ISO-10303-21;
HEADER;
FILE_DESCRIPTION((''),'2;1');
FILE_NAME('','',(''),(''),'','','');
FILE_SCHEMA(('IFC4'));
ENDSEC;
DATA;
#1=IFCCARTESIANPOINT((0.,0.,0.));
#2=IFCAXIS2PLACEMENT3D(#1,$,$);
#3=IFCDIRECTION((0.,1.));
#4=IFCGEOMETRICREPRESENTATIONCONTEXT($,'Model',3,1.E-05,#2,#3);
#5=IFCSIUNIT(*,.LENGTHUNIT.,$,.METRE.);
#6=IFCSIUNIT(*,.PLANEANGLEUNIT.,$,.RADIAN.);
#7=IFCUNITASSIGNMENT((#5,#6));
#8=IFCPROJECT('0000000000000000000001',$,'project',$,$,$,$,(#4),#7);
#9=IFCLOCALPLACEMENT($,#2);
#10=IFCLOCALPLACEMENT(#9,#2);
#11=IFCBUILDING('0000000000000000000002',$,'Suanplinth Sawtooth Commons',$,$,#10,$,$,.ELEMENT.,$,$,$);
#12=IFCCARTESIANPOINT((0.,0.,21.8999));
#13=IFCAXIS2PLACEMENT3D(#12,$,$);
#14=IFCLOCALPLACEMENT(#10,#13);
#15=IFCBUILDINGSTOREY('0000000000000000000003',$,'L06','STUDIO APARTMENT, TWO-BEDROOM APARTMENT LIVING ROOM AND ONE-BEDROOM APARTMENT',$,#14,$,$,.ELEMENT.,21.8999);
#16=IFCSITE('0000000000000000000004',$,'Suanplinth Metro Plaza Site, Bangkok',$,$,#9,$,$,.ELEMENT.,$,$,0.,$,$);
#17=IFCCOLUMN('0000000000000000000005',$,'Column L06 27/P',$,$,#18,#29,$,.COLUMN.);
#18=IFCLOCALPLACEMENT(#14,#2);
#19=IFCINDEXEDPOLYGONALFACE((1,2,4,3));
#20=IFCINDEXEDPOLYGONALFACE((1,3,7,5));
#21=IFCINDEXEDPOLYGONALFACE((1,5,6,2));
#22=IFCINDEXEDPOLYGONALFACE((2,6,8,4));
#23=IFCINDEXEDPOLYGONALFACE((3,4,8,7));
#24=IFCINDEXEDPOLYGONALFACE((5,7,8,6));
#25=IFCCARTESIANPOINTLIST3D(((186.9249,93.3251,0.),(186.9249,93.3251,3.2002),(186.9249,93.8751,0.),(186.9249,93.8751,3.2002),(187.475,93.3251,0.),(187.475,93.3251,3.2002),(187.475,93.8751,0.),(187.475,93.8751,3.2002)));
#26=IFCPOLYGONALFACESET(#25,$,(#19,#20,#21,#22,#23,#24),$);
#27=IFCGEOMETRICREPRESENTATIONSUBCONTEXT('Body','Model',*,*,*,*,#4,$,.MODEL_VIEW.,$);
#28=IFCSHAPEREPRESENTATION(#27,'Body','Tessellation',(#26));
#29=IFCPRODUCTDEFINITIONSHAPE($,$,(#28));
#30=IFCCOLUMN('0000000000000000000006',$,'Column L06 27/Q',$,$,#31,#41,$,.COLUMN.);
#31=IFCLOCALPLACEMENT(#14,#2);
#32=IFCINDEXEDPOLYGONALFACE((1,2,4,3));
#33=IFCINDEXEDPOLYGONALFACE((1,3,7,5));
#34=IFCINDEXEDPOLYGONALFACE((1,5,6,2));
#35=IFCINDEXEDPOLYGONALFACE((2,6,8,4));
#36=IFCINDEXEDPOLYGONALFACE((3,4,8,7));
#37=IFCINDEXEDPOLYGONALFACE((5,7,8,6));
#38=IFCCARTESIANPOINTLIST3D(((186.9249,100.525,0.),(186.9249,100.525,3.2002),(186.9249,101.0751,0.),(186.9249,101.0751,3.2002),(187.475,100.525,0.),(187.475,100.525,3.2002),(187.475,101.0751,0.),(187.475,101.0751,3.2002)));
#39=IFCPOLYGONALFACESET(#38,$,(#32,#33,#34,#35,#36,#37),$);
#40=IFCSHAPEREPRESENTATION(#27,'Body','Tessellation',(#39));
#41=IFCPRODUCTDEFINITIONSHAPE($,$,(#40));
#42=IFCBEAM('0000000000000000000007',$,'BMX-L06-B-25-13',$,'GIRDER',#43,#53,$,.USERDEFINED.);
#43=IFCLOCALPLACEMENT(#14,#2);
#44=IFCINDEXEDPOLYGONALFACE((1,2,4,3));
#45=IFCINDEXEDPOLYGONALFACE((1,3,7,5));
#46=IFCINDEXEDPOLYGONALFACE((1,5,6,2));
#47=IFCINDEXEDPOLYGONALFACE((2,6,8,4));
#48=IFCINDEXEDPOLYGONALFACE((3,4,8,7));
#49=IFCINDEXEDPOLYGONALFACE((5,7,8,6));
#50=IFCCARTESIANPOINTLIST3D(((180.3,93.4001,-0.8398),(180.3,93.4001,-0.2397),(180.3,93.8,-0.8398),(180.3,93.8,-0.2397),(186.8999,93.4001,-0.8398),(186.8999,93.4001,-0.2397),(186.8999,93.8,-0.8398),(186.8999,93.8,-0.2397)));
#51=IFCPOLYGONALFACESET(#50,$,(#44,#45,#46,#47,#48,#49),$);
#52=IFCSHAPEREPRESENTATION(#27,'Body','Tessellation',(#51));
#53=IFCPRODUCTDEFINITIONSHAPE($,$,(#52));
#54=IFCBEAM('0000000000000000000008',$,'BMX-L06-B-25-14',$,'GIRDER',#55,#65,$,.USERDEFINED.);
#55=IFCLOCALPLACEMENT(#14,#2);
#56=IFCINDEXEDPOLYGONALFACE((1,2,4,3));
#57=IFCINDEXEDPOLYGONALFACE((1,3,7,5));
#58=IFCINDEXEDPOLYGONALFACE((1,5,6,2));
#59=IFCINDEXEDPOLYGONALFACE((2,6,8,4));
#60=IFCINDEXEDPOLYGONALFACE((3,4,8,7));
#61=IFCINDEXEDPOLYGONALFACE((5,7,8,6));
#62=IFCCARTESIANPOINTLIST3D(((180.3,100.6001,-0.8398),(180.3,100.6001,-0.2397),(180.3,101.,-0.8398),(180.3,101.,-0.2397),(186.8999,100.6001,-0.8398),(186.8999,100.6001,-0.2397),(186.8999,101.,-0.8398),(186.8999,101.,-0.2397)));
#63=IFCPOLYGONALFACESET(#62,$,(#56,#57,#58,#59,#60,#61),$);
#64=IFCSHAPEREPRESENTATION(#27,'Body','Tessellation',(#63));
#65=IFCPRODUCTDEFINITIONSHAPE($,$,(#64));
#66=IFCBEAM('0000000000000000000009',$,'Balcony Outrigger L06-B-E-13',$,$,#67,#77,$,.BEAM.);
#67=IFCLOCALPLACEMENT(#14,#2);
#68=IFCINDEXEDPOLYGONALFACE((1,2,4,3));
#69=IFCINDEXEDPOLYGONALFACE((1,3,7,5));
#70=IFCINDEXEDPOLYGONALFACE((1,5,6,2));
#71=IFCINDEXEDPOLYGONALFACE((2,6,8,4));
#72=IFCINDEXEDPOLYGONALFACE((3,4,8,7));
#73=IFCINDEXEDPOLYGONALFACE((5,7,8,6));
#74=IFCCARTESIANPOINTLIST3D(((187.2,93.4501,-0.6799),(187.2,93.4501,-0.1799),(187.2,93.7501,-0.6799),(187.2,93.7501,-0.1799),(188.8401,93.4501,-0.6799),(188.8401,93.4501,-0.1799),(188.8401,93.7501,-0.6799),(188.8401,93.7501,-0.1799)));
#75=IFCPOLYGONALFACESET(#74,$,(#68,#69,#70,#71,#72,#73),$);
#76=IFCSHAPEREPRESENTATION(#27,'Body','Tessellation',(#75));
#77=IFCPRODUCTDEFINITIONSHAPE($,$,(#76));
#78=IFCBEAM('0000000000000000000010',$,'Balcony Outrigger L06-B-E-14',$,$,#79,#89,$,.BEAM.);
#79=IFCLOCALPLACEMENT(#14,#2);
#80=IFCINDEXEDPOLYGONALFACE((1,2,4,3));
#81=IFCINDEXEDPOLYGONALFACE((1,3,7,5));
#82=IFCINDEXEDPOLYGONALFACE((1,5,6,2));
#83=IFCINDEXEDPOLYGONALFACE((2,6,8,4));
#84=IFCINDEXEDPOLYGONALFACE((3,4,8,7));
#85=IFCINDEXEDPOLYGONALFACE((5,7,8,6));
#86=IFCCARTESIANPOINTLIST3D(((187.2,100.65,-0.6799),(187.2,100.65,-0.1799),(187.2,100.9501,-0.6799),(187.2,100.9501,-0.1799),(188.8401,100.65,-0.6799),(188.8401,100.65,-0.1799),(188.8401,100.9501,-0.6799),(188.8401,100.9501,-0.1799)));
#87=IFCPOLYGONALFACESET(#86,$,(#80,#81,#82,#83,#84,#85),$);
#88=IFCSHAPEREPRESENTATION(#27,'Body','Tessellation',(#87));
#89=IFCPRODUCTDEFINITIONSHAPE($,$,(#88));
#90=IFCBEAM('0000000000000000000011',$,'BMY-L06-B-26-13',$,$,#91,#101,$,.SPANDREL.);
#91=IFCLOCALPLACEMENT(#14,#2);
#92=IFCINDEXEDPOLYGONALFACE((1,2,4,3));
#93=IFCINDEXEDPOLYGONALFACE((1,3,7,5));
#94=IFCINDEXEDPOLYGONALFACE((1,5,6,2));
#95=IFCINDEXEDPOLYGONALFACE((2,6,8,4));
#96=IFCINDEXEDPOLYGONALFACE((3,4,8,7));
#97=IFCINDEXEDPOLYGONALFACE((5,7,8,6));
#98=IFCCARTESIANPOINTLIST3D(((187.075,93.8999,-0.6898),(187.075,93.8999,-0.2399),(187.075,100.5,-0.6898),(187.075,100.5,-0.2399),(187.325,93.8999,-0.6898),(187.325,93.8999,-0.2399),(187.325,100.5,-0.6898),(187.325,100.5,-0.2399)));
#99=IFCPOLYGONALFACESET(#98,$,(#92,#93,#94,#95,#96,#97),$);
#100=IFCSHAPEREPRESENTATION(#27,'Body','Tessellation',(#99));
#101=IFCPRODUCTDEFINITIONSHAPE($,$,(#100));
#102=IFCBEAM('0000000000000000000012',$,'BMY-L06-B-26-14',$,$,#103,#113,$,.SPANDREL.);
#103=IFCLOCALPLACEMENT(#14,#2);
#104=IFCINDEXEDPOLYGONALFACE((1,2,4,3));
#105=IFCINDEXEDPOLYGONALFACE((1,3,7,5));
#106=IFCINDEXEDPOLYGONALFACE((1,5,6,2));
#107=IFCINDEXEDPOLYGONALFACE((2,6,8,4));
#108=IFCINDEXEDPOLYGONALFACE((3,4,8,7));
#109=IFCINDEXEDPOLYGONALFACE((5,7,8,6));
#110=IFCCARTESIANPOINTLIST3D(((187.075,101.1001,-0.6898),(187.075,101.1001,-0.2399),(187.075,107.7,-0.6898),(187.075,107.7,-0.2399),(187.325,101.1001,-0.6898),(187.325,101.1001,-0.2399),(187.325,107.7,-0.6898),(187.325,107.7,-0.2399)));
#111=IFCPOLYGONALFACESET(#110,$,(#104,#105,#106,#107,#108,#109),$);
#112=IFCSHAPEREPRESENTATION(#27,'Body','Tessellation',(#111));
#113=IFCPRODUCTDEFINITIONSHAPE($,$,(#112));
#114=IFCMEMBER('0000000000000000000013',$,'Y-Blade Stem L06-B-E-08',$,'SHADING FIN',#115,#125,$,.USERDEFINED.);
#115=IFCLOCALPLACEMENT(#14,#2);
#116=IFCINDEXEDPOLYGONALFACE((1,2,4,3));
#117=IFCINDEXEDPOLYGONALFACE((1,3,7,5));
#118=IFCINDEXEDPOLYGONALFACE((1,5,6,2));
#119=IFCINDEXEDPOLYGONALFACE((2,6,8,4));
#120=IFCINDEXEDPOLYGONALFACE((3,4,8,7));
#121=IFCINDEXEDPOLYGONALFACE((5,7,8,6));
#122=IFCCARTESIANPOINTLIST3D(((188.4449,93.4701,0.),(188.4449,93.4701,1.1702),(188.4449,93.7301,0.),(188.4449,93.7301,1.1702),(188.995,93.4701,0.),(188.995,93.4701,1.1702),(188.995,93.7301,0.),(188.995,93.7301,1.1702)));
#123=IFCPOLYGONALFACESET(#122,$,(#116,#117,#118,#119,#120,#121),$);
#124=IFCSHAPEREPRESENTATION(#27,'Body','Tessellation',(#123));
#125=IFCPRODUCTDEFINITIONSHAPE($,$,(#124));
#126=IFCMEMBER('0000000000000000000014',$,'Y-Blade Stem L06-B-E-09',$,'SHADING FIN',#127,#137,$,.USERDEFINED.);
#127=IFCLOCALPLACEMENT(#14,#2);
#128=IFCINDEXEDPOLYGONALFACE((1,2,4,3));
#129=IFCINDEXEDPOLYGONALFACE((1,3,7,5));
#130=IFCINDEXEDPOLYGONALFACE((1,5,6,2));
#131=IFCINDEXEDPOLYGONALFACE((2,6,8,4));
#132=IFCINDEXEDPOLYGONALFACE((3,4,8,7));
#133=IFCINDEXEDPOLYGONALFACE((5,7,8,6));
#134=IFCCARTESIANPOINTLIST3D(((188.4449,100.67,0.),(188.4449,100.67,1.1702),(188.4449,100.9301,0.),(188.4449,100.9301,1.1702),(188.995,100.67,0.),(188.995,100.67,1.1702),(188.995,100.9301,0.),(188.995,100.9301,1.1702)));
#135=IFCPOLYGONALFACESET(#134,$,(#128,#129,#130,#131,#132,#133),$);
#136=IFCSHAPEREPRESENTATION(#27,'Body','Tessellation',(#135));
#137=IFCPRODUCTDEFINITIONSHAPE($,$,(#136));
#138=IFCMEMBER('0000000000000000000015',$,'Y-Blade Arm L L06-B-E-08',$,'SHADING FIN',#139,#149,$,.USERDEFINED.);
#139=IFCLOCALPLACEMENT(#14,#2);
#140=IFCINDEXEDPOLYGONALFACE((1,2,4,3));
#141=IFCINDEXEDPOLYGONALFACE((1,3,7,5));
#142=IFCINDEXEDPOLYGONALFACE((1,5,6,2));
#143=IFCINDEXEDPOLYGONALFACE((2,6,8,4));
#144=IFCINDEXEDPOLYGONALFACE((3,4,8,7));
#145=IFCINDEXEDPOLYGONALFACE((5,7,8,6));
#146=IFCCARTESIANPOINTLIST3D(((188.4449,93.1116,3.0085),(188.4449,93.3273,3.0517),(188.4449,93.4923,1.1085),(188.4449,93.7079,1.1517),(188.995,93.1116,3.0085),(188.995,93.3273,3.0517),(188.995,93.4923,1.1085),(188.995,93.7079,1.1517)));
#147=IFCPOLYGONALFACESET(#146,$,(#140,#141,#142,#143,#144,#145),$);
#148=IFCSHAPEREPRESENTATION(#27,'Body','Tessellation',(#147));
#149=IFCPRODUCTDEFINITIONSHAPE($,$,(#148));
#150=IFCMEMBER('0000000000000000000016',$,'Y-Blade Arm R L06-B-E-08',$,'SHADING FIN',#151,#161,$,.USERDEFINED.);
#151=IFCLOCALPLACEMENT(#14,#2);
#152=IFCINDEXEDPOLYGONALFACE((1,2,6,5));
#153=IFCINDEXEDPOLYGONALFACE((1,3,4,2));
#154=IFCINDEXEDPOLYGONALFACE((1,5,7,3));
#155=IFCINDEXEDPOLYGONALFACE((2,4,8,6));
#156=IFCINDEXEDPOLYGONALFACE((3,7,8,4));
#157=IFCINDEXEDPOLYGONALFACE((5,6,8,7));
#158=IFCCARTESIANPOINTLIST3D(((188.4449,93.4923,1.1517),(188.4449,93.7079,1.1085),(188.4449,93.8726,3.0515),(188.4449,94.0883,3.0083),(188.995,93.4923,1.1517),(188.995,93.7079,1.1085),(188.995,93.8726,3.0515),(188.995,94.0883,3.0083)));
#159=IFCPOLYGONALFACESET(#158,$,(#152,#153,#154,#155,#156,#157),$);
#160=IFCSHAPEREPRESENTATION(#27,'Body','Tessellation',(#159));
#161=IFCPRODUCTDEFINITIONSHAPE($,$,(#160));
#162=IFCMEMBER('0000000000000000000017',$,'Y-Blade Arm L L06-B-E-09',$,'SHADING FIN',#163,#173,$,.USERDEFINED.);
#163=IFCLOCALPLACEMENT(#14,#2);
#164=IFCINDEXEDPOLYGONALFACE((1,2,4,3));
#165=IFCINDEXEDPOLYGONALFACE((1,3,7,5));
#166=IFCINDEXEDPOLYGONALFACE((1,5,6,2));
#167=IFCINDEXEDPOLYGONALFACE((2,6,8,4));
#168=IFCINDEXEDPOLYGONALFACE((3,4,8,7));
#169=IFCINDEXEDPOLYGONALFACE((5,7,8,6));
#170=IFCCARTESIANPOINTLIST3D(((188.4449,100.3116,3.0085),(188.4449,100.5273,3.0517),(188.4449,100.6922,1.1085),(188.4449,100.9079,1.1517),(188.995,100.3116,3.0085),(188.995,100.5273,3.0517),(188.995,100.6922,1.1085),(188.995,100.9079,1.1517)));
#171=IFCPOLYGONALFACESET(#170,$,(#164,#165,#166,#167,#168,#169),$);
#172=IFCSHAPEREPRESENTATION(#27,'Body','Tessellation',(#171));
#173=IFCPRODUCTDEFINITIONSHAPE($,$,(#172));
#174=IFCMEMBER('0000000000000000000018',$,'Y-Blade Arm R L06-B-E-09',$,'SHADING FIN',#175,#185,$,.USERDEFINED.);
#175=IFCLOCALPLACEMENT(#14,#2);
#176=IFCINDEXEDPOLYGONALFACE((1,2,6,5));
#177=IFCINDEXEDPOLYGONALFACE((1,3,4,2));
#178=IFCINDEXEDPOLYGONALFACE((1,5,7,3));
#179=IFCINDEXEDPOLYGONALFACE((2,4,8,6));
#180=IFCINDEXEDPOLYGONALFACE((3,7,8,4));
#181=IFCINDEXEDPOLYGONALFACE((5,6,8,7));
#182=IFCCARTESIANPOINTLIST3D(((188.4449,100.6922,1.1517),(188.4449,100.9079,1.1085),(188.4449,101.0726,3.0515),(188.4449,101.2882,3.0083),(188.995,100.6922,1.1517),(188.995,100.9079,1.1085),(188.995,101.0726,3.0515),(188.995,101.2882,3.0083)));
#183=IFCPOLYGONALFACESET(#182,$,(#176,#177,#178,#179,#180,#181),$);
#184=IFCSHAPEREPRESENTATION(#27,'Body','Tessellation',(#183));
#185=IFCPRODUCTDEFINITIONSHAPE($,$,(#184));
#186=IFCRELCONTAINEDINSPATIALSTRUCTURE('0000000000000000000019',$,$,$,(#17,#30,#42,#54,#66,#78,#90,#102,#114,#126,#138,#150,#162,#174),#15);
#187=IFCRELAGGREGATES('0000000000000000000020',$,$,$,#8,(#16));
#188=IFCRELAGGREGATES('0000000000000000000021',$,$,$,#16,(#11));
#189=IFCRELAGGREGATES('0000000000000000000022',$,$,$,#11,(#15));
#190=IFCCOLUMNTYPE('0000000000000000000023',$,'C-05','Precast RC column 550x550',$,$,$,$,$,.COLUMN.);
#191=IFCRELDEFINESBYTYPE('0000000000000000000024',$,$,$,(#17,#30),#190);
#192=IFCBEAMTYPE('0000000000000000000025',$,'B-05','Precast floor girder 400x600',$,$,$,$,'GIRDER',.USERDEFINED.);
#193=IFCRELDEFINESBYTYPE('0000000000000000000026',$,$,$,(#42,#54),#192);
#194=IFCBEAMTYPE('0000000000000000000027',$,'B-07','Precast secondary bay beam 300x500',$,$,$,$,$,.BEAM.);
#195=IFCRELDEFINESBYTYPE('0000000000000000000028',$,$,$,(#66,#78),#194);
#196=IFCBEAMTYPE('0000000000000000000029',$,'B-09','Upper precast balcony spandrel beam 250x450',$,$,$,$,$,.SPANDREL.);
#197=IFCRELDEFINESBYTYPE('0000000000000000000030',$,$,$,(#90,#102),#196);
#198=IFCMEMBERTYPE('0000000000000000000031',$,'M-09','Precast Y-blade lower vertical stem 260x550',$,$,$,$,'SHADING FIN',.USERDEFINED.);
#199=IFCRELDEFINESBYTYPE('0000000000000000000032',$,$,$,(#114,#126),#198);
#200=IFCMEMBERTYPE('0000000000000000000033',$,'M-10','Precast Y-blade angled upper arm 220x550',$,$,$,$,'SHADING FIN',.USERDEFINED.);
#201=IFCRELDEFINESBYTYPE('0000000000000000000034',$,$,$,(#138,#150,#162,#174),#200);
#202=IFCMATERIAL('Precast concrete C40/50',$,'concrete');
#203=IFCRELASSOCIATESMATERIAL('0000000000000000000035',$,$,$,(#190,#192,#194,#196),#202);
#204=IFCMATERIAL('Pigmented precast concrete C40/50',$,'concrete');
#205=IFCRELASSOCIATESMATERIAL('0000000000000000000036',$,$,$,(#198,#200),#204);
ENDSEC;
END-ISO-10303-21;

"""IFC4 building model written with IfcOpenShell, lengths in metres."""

from ifc_helpers import new_model, si_unit, direction, frame, origin, origin_2d, place, context, subcontext, project, spatial, rectangle, extrude, material, material_profile, profile_set, type_object, element, save


model = new_model("IFC4")

# Units and contexts
model_context = context("Model", 3, precision=1e-05, world=origin(), true_north=direction((0.0, 1.0)))
body_context = subcontext(model_context, "Body", "Model", "MODEL_VIEW")
ifc_project = project(units=[si_unit("LENGTHUNIT", "METRE"), si_unit("PLANEANGLEUNIT", "RADIAN")], contexts=[model_context])

# Site, building, storey
site_placement = place(None, origin())
site = spatial("IfcSite", under=ifc_project, at=site_placement, Name="Suanplinth Metro Plaza Site, Bangkok", CompositionType="ELEMENT", RefElevation=0.0)
building_placement = place(site_placement, origin())
building = spatial("IfcBuilding", under=site, at=building_placement, Name="Suanplinth Sawtooth Commons", CompositionType="ELEMENT")
storey_placement = place(building_placement, frame((0.0, 0.0, 21.8999)))
storey = spatial("IfcBuildingStorey", under=building, at=storey_placement, Name="L06", Description="STUDIO APARTMENT, TWO-BEDROOM APARTMENT LIVING ROOM AND ONE-BEDROOM APARTMENT", CompositionType="ELEMENT", Elevation=21.8999)

# Columns
ifc_material_1 = material(Name="Precast concrete C40/50", Category="concrete")
ifc_material_profile_1 = material_profile(ifc_material_1, rectangle(XDim=0.55, YDim=0.55, at=origin_2d()), Name="PC-COL 550x550")
ifc_profile_set_1 = profile_set([ifc_material_profile_1], Name="Precast concrete C40/50")
column_type = type_object("IfcColumnType", Name="C-05", Description="Precast RC column 550x550", PredefinedType="COLUMN", material=ifc_profile_set_1)
for number, where, z_axis, x_axis, name in (
    (1, (187.2, 93.6001, 0.0), (0.0, 0.0, 1.0), (1.0, 0.0, 0.0), "Column L06 27/P"),
    (2, (187.2, 100.8, 0.0), (0.0, 0.0, 1.0), (1.0, 0.0, 0.0), "Column L06 27/Q"),
):
    element("IfcColumn", number, at=place(storey_placement, frame(where, z_axis=z_axis, x_axis=x_axis)), inside=storey, type_object=column_type, Name=name, PredefinedType="COLUMN", context=body_context, shape_type="SweptSolid", body=[
        extrude(rectangle(XDim=0.55, YDim=0.55, at=origin_2d()), origin(), (0.0, 0.0, 1.0), 3.2002),
    ])

# Beams
ifc_material_profile_2 = material_profile(ifc_material_1, rectangle(XDim=0.3999, YDim=0.6001, at=origin_2d()), Name="PC-GDR 400x600")
ifc_profile_set_2 = profile_set([ifc_material_profile_2], Name="Precast concrete C40/50")
beam_type_1 = type_object("IfcBeamType", Name="B-05", Description="Precast floor girder 400x600", ElementType="GIRDER", PredefinedType="USERDEFINED", material=ifc_profile_set_2)
for number, where, z_axis, x_axis, name in (
    (3, (180.3, 93.6001, -0.5398), (1.0, 0.0, 0.0), (0.0, 1.0, 0.0), "BMX-L06-B-25-13"),
    (4, (180.3, 100.8, -0.5398), (1.0, 0.0, 0.0), (0.0, 1.0, 0.0), "BMX-L06-B-25-14"),
):
    element("IfcBeam", number, at=place(storey_placement, frame(where, z_axis=z_axis, x_axis=x_axis)), inside=storey, type_object=beam_type_1, Name=name, ObjectType="GIRDER", PredefinedType="USERDEFINED", context=body_context, shape_type="SweptSolid", body=[
        extrude(rectangle(XDim=0.3999, YDim=0.6001, at=origin_2d()), origin(), (0.0, 0.0, 1.0), 6.5999),
    ])
ifc_material_profile_3 = material_profile(ifc_material_1, rectangle(XDim=0.3, YDim=0.5, at=origin_2d()), Name="PC-BM 300x500")
ifc_profile_set_3 = profile_set([ifc_material_profile_3], Name="Precast concrete C40/50")
beam_type_2 = type_object("IfcBeamType", Name="B-07", Description="Precast secondary bay beam 300x500", PredefinedType="BEAM", material=ifc_profile_set_3)
for number, where, z_axis, x_axis, name in (
    (5, (187.2, 93.6001, -0.4299), (1.0, 0.0, 0.0), (0.0, 1.0, 0.0), "Balcony Outrigger L06-B-E-13"),
    (6, (187.2, 100.8, -0.4299), (1.0, 0.0, 0.0), (0.0, 1.0, 0.0), "Balcony Outrigger L06-B-E-14"),
):
    element("IfcBeam", number, at=place(storey_placement, frame(where, z_axis=z_axis, x_axis=x_axis)), inside=storey, type_object=beam_type_2, Name=name, PredefinedType="BEAM", context=body_context, shape_type="SweptSolid", body=[
        extrude(rectangle(XDim=0.3, YDim=0.5, at=origin_2d()), origin(), (0.0, 0.0, 1.0), 1.6401),
    ])
ifc_material_profile_4 = material_profile(ifc_material_1, rectangle(XDim=0.25, YDim=0.45, at=origin_2d()), Name="PC-SP 250x450")
ifc_profile_set_4 = profile_set([ifc_material_profile_4], Name="Precast concrete C40/50")
beam_type_3 = type_object("IfcBeamType", Name="B-09", Description="Upper precast balcony spandrel beam 250x450", PredefinedType="SPANDREL", material=ifc_profile_set_4)
beam_1_placement = place(storey_placement, frame((187.2, 93.8999, -0.4648), z_axis=(0.0, 1.0, 0.0), x_axis=(-1.0, 0.0, 0.0)))
element("IfcBeam", 7, at=beam_1_placement, inside=storey, type_object=beam_type_3, Name="BMY-L06-B-26-13", PredefinedType="SPANDREL", context=body_context, shape_type="SweptSolid", body=[
    extrude(rectangle(XDim=0.25, YDim=0.45, at=origin_2d()), origin(), (0.0, 0.0, 1.0), 6.6001),
])
beam_2_placement = place(storey_placement, frame((187.2, 101.1001, -0.4648), z_axis=(0.0, 1.0, 0.0), x_axis=(-1.0, 0.0, 0.0)))
element("IfcBeam", 8, at=beam_2_placement, inside=storey, type_object=beam_type_3, Name="BMY-L06-B-26-14", PredefinedType="SPANDREL", context=body_context, shape_type="SweptSolid", body=[
    extrude(rectangle(XDim=0.25, YDim=0.45, at=origin_2d()), origin(), (0.0, 0.0, 1.0), 6.5999),
])

# Members
ifc_material_2 = material(Name="Pigmented precast concrete C40/50", Category="concrete")
ifc_material_profile_5 = material_profile(ifc_material_2, rectangle(XDim=0.26, YDim=0.55, at=origin_2d()), Name="PC-FIN 260x550")
ifc_profile_set_5 = profile_set([ifc_material_profile_5], Name="Pigmented precast concrete C40/50")
member_type_1 = type_object("IfcMemberType", Name="M-09", Description="Precast Y-blade lower vertical stem 260x550", ElementType="SHADING FIN", PredefinedType="USERDEFINED", material=ifc_profile_set_5)
for number, where, z_axis, x_axis, name in (
    (9, (188.72, 93.6001, 0.0), (0.0, 0.0, 1.0), (0.0, 1.0, 0.0), "Y-Blade Stem L06-B-E-08"),
    (10, (188.72, 100.8, 0.0), (0.0, 0.0, 1.0), (0.0, 1.0, 0.0), "Y-Blade Stem L06-B-E-09"),
):
    element("IfcMember", number, at=place(storey_placement, frame(where, z_axis=z_axis, x_axis=x_axis)), inside=storey, type_object=member_type_1, Name=name, ObjectType="SHADING FIN", PredefinedType="USERDEFINED", context=body_context, shape_type="SweptSolid", body=[
        extrude(rectangle(XDim=0.26, YDim=0.55, at=origin_2d()), origin(), (0.0, 0.0, 1.0), 1.1702),
    ])
ifc_material_profile_6 = material_profile(ifc_material_2, rectangle(XDim=0.22, YDim=0.55, at=origin_2d()), Name="PC-FIN 220x550")
ifc_profile_set_6 = profile_set([ifc_material_profile_6], Name="Pigmented precast concrete C40/50")
member_type_2 = type_object("IfcMemberType", Name="M-10", Description="Precast Y-blade angled upper arm 220x550", ElementType="SHADING FIN", PredefinedType="USERDEFINED", material=ifc_profile_set_6)
member_1_placement = place(storey_placement, frame((188.72, 93.6001, 1.1301), z_axis=(0.0, -0.196431, 0.980518), x_axis=(0.0, 0.980518, 0.196431)))
element("IfcMember", 11, at=member_1_placement, inside=storey, type_object=member_type_2, Name="Y-Blade Arm L L06-B-E-08", ObjectType="SHADING FIN", PredefinedType="USERDEFINED", context=body_context, shape_type="SweptSolid", body=[
    extrude(rectangle(XDim=0.22, YDim=0.55, at=origin_2d()), origin(), (0.0, 0.0, 1.0), 1.9377),
])
member_2_placement = place(storey_placement, frame((188.72, 93.6001, 1.1301), z_axis=(0.0, 0.19631, 0.980542), x_axis=(0.0, -0.980542, 0.19631)))
element("IfcMember", 12, at=member_2_placement, inside=storey, type_object=member_type_2, Name="Y-Blade Arm R L06-B-E-08", ObjectType="SHADING FIN", PredefinedType="USERDEFINED", context=body_context, shape_type="SweptSolid", body=[
    extrude(rectangle(XDim=0.22, YDim=0.55, at=origin_2d()), origin(), (0.0, 0.0, 1.0), 1.9375),
])
member_3_placement = place(storey_placement, frame((188.72, 100.8, 1.1301), z_axis=(0.0, -0.196431, 0.980518), x_axis=(0.0, 0.980518, 0.196431)))
element("IfcMember", 13, at=member_3_placement, inside=storey, type_object=member_type_2, Name="Y-Blade Arm L L06-B-E-09", ObjectType="SHADING FIN", PredefinedType="USERDEFINED", context=body_context, shape_type="SweptSolid", body=[
    extrude(rectangle(XDim=0.22, YDim=0.55, at=origin_2d()), origin(), (0.0, 0.0, 1.0), 1.9377),
])
member_4_placement = place(storey_placement, frame((188.72, 100.8, 1.1301), z_axis=(0.0, 0.19631, 0.980542), x_axis=(0.0, -0.980542, 0.19631)))
element("IfcMember", 14, at=member_4_placement, inside=storey, type_object=member_type_2, Name="Y-Blade Arm R L06-B-E-09", ObjectType="SHADING FIN", PredefinedType="USERDEFINED", context=body_context, shape_type="SweptSolid", body=[
    extrude(rectangle(XDim=0.22, YDim=0.55, at=origin_2d()), origin(), (0.0, 0.0, 1.0), 1.9375),
])

save(model, "model.ifc")
